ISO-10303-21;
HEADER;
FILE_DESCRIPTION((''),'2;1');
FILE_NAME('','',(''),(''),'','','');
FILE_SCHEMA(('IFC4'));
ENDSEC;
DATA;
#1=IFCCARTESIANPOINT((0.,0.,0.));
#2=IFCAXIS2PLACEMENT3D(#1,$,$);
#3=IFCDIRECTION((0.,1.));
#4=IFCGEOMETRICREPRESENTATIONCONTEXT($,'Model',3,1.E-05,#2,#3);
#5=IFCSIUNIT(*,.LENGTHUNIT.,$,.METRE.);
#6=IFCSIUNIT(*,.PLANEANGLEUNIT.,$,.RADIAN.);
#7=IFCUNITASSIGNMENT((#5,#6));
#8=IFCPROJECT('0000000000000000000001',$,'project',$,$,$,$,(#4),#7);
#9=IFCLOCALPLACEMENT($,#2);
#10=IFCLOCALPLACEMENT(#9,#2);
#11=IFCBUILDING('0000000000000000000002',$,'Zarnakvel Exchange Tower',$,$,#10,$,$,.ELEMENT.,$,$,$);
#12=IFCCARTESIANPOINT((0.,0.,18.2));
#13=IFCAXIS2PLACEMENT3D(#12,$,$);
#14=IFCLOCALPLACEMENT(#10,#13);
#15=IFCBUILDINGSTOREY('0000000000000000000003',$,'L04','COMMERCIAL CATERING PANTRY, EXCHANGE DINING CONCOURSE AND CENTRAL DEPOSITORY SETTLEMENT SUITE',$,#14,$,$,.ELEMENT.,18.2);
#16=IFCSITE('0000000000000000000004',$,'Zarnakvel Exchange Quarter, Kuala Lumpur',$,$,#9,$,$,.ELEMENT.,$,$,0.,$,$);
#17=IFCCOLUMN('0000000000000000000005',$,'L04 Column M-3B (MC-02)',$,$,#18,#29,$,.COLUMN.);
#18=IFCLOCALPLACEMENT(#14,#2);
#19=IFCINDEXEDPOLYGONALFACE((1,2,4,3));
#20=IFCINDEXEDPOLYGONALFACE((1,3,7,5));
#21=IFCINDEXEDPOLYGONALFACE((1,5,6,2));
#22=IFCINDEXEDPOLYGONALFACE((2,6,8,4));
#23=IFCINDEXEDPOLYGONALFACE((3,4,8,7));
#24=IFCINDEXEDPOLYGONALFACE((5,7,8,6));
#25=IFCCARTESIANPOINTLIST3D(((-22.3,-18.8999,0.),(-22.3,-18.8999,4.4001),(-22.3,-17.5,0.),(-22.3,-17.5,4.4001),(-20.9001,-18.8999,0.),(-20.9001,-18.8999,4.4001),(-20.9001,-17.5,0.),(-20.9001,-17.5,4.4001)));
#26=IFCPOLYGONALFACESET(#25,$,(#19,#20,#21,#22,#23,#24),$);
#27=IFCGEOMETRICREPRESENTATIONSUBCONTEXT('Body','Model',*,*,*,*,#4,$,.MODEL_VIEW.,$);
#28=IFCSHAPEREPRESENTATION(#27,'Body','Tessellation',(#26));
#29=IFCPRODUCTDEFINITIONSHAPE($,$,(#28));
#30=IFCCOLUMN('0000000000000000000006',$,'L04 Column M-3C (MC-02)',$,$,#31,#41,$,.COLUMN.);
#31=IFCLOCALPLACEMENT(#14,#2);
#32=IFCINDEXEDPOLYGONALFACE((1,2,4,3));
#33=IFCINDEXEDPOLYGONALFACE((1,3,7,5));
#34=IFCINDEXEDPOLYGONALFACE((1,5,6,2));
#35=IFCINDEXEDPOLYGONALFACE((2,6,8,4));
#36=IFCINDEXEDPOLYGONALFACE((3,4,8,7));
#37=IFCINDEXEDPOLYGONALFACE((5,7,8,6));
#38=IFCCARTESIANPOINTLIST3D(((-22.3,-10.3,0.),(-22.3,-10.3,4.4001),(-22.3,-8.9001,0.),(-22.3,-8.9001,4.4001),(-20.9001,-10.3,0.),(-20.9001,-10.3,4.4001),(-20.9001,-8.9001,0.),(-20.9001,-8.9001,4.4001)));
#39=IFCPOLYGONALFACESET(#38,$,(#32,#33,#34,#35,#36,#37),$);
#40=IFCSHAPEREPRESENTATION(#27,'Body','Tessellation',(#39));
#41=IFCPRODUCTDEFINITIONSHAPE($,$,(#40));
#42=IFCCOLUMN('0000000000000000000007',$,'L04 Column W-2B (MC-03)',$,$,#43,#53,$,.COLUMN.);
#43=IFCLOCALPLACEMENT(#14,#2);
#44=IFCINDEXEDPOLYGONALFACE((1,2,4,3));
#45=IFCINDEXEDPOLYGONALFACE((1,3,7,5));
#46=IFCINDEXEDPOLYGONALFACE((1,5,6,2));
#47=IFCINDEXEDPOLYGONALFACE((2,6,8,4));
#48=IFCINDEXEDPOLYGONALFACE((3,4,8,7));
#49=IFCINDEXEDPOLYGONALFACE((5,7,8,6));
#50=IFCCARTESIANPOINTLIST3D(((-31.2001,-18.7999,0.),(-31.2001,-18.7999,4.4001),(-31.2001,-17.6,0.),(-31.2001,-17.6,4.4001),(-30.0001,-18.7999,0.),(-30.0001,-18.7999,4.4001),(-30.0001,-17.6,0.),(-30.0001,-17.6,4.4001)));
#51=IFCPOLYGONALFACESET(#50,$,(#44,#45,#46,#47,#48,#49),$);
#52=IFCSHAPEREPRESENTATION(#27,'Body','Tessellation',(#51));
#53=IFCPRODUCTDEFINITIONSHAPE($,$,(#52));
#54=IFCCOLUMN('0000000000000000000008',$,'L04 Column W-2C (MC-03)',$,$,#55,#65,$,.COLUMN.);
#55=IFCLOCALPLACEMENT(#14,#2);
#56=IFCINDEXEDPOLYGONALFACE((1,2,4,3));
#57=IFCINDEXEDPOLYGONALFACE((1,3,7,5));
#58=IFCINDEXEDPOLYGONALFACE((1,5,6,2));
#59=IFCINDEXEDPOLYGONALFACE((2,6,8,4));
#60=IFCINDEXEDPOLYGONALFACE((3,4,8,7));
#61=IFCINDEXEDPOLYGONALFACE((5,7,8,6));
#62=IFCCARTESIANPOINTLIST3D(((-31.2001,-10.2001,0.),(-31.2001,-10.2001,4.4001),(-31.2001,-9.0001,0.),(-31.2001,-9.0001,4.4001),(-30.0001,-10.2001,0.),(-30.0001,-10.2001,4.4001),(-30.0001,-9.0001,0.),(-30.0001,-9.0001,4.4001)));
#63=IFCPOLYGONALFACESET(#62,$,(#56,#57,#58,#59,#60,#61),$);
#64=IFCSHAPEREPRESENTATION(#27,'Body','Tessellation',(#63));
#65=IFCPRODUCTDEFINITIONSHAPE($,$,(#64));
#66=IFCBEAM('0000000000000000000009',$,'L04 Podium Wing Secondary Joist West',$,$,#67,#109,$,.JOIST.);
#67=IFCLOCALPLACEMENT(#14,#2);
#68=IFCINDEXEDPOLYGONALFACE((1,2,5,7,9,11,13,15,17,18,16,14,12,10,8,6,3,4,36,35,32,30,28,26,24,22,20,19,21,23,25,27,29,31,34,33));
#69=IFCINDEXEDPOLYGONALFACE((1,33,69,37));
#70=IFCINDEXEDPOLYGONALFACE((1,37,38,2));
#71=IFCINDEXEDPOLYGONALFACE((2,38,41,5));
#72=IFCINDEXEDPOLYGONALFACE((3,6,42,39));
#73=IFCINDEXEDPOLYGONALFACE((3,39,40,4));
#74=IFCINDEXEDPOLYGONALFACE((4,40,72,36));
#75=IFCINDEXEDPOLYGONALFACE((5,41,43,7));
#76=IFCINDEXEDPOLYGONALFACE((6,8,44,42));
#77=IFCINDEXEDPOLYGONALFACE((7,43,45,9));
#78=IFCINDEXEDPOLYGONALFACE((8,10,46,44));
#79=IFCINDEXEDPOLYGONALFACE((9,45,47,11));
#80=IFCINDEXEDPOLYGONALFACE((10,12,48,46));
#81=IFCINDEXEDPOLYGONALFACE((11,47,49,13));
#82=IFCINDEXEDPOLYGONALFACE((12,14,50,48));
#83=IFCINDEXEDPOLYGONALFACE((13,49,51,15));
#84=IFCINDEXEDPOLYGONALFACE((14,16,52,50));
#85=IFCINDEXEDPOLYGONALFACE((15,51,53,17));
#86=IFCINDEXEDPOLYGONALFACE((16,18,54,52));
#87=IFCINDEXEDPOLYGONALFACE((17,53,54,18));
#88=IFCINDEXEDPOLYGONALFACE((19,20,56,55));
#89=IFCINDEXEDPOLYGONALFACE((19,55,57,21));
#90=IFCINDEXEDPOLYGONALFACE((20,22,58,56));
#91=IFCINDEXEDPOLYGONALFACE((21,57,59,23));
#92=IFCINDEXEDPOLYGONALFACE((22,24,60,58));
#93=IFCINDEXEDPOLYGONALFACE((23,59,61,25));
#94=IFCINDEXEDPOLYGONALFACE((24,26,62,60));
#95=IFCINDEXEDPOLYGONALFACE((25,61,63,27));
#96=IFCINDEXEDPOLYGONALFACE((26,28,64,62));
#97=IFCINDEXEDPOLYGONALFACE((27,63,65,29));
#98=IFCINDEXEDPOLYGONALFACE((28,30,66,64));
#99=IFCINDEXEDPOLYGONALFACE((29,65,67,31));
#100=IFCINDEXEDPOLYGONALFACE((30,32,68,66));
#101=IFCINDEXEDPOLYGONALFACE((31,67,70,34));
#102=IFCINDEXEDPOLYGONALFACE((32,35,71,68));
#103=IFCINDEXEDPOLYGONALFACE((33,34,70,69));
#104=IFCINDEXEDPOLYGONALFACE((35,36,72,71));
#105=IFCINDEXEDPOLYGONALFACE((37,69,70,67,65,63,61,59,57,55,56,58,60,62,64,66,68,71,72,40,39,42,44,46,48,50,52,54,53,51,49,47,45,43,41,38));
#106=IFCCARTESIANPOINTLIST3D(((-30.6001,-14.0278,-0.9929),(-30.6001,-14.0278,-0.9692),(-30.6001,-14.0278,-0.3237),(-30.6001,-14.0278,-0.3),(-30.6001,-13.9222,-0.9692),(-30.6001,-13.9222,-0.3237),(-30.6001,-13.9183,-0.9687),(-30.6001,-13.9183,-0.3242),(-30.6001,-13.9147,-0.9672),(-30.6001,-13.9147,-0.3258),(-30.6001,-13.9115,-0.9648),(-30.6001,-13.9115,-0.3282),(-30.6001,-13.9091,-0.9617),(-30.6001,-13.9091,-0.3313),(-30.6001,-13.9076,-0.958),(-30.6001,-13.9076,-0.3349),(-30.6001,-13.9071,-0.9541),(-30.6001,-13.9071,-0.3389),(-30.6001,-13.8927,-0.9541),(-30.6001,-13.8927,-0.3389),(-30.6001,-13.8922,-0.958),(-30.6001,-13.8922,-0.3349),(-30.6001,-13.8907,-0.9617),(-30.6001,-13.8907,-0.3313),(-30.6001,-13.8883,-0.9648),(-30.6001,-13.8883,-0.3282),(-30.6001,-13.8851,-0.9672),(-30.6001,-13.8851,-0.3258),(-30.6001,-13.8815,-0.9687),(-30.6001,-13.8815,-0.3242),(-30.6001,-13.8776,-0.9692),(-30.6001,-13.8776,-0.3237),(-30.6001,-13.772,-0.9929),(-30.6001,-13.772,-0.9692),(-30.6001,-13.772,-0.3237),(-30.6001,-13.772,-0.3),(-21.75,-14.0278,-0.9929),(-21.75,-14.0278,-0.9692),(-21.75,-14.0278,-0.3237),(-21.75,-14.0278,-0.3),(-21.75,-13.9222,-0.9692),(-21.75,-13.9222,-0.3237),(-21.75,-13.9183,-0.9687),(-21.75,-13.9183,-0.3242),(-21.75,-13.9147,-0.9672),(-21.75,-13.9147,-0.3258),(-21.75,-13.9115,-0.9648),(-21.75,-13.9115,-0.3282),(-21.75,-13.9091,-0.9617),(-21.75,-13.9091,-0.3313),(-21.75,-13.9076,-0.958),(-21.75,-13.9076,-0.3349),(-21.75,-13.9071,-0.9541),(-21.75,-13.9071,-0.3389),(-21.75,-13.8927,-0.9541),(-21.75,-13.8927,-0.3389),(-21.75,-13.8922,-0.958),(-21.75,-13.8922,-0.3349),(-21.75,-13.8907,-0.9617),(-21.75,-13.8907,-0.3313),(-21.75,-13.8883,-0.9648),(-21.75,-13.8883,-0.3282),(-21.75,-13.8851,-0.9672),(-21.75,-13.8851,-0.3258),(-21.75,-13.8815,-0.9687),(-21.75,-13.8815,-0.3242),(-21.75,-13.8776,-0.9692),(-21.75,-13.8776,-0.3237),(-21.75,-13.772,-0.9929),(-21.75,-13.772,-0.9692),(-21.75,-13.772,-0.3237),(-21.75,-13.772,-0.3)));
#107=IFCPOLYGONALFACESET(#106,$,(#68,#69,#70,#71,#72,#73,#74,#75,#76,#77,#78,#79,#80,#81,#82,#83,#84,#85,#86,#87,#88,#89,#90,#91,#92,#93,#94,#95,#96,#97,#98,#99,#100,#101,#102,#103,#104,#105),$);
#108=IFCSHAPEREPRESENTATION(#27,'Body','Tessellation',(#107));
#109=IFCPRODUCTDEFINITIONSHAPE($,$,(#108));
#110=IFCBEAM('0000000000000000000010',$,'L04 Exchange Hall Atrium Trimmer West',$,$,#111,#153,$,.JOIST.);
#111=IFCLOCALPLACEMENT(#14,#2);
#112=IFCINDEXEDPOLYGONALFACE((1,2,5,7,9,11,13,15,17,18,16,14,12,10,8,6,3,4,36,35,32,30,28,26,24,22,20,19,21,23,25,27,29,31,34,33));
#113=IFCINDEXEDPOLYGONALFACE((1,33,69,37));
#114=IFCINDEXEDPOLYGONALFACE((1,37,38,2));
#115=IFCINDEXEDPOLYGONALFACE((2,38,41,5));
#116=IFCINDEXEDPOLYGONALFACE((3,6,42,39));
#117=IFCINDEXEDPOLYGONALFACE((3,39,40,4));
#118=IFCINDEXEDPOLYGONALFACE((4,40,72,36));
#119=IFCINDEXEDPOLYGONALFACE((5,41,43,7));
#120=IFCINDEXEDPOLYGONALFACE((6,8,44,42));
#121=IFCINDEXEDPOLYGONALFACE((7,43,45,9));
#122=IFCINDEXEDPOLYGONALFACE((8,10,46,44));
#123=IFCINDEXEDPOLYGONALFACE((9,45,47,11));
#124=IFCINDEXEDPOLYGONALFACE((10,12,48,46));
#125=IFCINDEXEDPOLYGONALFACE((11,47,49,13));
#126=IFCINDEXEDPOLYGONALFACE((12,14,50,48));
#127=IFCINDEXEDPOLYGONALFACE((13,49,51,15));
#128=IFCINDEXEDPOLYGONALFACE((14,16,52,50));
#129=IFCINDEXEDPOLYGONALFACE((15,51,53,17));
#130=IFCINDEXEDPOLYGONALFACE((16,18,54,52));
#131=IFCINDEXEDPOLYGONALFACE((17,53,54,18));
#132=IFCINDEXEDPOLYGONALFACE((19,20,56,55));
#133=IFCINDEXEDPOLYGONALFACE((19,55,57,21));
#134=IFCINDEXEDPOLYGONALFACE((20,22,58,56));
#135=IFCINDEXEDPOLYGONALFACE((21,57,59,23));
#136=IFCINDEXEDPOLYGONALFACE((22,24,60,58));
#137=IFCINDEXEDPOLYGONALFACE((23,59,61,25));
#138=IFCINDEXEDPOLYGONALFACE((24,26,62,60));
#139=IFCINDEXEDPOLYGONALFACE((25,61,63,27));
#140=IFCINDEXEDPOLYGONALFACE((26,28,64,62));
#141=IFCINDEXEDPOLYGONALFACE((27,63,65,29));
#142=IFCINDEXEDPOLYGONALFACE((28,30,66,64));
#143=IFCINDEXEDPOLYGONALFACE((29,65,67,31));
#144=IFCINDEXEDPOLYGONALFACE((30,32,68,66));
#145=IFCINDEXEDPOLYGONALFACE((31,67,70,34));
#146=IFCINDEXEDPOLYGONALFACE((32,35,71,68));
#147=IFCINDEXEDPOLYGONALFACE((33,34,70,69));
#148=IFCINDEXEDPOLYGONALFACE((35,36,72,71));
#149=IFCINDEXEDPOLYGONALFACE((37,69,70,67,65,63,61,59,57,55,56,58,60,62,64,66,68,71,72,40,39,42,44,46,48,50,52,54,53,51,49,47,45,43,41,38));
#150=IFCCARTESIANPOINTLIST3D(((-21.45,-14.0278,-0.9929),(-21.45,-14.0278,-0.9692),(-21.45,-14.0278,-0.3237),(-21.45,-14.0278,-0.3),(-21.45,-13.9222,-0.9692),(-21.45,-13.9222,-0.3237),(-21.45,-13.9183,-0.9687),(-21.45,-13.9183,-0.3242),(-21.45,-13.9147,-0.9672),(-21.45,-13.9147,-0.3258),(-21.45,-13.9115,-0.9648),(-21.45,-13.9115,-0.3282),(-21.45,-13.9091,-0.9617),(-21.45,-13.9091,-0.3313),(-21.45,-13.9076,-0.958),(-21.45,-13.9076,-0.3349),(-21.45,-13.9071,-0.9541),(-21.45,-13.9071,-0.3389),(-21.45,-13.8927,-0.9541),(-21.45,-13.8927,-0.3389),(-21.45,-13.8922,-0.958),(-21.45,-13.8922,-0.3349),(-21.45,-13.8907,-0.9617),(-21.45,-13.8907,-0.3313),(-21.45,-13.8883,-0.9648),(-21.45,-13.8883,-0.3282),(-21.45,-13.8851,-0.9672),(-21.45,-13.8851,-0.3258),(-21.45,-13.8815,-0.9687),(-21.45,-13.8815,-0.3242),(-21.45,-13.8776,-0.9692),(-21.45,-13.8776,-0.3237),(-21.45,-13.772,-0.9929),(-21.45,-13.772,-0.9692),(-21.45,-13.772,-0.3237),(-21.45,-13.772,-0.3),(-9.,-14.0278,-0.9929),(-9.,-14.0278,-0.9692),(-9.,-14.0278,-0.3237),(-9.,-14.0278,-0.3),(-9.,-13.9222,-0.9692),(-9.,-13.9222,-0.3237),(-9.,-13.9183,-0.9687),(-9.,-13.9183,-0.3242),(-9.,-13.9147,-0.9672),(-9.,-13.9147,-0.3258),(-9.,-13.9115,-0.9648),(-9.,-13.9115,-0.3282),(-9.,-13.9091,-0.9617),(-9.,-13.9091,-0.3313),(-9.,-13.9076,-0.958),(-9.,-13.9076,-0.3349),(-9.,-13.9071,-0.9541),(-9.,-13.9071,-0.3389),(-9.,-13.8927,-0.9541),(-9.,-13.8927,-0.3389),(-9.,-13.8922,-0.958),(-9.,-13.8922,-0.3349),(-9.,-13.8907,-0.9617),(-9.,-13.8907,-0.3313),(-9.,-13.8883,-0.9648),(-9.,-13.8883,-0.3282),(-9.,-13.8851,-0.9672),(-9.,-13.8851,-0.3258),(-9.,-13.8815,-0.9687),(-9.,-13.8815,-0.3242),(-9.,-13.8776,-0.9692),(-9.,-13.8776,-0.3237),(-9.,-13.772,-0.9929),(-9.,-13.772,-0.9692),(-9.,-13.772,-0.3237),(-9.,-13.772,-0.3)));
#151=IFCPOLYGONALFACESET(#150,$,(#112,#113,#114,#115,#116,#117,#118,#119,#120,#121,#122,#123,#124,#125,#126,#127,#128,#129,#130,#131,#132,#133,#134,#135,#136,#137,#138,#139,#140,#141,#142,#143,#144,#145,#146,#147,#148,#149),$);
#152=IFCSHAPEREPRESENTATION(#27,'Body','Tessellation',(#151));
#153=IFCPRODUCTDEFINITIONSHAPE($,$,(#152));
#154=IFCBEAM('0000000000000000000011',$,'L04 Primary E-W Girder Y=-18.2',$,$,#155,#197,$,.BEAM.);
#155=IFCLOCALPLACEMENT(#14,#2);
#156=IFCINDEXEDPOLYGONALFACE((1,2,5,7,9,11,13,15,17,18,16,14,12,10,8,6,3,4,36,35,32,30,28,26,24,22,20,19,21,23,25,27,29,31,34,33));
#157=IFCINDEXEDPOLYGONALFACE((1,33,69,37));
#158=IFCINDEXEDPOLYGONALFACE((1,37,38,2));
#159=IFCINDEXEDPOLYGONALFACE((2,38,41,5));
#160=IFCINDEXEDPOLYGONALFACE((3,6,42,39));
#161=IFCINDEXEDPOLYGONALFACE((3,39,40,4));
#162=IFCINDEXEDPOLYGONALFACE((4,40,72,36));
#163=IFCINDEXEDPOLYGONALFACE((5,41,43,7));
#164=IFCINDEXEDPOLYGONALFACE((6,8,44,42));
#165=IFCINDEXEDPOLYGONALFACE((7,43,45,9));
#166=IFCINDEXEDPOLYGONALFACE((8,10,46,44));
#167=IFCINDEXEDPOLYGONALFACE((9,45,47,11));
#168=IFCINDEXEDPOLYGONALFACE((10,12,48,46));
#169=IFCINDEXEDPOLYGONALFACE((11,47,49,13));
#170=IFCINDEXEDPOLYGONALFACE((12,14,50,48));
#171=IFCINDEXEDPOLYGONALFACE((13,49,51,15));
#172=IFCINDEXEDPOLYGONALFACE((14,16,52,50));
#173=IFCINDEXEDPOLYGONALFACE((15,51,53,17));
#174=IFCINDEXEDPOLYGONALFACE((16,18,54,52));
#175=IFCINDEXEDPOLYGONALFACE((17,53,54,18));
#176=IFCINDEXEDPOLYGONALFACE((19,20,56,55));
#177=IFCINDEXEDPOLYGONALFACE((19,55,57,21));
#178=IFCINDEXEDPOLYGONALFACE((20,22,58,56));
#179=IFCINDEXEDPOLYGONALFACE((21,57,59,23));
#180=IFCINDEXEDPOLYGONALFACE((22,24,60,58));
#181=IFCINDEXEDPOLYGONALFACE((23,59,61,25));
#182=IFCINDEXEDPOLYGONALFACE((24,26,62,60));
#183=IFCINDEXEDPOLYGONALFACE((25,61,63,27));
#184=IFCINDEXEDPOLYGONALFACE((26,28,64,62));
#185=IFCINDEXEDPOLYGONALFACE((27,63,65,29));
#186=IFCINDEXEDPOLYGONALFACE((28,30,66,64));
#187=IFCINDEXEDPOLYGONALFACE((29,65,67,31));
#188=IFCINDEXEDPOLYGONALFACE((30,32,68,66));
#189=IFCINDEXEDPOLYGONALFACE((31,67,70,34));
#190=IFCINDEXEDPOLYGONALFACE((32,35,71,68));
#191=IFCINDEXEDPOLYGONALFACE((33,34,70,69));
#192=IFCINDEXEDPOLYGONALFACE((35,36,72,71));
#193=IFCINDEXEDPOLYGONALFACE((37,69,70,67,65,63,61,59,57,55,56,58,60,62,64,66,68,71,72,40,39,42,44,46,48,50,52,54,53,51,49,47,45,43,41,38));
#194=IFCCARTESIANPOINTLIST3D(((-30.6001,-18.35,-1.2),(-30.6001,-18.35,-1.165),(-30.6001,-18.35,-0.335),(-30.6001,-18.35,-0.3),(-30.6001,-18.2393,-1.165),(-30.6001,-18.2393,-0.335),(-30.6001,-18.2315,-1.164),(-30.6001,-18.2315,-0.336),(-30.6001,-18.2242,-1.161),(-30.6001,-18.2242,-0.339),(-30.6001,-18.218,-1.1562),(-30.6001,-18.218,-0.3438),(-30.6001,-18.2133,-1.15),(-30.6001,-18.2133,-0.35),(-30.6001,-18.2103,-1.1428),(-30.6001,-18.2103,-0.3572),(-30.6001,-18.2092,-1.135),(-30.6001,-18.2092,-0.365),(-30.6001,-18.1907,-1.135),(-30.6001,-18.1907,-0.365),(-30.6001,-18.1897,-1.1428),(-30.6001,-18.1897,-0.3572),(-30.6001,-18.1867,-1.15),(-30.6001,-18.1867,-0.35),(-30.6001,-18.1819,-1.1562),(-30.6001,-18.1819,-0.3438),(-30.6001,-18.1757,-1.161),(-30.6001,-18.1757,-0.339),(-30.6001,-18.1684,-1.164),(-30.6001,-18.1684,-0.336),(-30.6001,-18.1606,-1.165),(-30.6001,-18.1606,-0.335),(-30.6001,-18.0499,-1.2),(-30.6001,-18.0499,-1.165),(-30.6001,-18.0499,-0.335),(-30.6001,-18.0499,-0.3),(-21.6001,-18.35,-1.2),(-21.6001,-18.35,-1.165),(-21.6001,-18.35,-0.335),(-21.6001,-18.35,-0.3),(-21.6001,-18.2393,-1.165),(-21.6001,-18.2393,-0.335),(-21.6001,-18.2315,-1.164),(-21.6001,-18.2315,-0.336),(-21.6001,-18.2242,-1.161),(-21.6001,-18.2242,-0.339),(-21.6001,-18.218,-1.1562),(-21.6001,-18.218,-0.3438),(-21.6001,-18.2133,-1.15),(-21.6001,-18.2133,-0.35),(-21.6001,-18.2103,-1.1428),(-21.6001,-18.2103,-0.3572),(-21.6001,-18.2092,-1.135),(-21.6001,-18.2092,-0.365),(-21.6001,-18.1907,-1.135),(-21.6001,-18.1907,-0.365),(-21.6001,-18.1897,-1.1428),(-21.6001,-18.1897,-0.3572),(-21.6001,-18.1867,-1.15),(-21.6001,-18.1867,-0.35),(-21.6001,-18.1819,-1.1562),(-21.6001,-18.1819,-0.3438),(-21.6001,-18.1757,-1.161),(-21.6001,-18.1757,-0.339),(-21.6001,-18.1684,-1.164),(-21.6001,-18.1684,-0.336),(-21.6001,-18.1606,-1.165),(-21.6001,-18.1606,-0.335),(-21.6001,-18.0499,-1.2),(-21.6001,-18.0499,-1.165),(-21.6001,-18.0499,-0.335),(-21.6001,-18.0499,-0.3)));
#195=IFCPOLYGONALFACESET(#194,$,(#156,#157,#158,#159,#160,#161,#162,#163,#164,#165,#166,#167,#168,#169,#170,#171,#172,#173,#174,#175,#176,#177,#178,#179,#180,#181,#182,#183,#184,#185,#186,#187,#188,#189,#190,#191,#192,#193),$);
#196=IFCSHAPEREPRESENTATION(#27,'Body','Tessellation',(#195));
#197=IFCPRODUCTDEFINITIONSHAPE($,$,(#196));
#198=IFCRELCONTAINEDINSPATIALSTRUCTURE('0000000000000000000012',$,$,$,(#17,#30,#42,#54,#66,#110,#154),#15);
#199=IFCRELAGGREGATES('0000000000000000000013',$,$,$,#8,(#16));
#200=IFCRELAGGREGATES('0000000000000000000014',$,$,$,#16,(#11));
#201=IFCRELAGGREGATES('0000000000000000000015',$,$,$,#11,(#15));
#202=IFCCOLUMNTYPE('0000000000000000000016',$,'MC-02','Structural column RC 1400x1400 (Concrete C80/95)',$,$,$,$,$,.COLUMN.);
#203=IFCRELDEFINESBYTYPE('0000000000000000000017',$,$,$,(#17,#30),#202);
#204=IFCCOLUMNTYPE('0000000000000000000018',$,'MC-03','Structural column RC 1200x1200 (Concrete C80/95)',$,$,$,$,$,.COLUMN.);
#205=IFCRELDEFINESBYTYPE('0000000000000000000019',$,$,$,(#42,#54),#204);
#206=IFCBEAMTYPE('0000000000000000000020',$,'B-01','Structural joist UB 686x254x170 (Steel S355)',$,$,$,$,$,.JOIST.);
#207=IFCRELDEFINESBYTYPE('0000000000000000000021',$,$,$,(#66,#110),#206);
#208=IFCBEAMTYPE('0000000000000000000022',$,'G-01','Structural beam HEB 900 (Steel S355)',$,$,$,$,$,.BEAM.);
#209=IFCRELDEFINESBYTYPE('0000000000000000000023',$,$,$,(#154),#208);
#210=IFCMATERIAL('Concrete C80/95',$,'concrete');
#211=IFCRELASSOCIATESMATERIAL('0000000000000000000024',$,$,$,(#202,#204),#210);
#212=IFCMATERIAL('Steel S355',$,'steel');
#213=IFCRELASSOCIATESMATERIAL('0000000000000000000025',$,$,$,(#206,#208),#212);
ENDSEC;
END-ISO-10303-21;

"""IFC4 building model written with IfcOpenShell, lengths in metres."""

from ifc_helpers import new_model, si_unit, direction, frame, origin, origin_2d, place, context, subcontext, project, spatial, rectangle, i_section, extrude, material, material_profile, profile_set, type_object, element, save


model = new_model("IFC4")

# Units and contexts
model_context = context("Model", 3, precision=1e-05, world=origin(), true_north=direction((0.0, 1.0)))
body_context = subcontext(model_context, "Body", "Model", "MODEL_VIEW")
ifc_project = project(units=[si_unit("LENGTHUNIT", "METRE"), si_unit("PLANEANGLEUNIT", "RADIAN")], contexts=[model_context])

# Site, building, storey
site_placement = place(None, origin())
site = spatial("IfcSite", under=ifc_project, at=site_placement, Name="Zarnakvel Exchange Quarter, Kuala Lumpur", CompositionType="ELEMENT", RefElevation=0.0)
building_placement = place(site_placement, origin())
building = spatial("IfcBuilding", under=site, at=building_placement, Name="Zarnakvel Exchange Tower", CompositionType="ELEMENT")
storey_placement = place(building_placement, frame((0.0, 0.0, 18.2)))
storey = spatial("IfcBuildingStorey", under=building, at=storey_placement, Name="L04", Description="COMMERCIAL CATERING PANTRY, EXCHANGE DINING CONCOURSE AND CENTRAL DEPOSITORY SETTLEMENT SUITE", CompositionType="ELEMENT", Elevation=18.2)

# Columns
ifc_material_1 = material(Name="Concrete C80/95", Category="concrete")
ifc_material_profile_1 = material_profile(ifc_material_1, rectangle(XDim=1.3999, YDim=1.3999, at=origin_2d()))
ifc_profile_set_1 = profile_set([ifc_material_profile_1], Name="Concrete C80/95")
column_type_1 = type_object("IfcColumnType", Name="MC-02", Description="Structural column RC 1400x1400 (Concrete C80/95)", PredefinedType="COLUMN", material=ifc_profile_set_1)
for number, where, z_axis, x_axis, name in (
    (1, (-21.6001, -18.2, 0.0), (0.0, 0.0, 1.0), (1.0, 0.0, 0.0), "L04 Column M-3B (MC-02)"),
    (2, (-21.6001, -9.6001, 0.0), (0.0, 0.0, 1.0), (1.0, 0.0, 0.0), "L04 Column M-3C (MC-02)"),
):
    element("IfcColumn", number, at=place(storey_placement, frame(where, z_axis=z_axis, x_axis=x_axis)), inside=storey, type_object=column_type_1, Name=name, PredefinedType="COLUMN", context=body_context, shape_type="SweptSolid", body=[
        extrude(rectangle(XDim=1.3999, YDim=1.3999, at=origin_2d()), origin(), (0.0, 0.0, 1.0), 4.4001),
    ])
ifc_material_profile_2 = material_profile(ifc_material_1, rectangle(XDim=1.2, YDim=1.2, at=origin_2d()))
ifc_profile_set_2 = profile_set([ifc_material_profile_2], Name="Concrete C80/95")
column_type_2 = type_object("IfcColumnType", Name="MC-03", Description="Structural column RC 1200x1200 (Concrete C80/95)", PredefinedType="COLUMN", material=ifc_profile_set_2)
for number, where, z_axis, x_axis, name in (
    (3, (-30.6001, -18.2, 0.0), (0.0, 0.0, 1.0), (1.0, 0.0, 0.0), "L04 Column W-2B (MC-03)"),
    (4, (-30.6001, -9.6001, 0.0), (0.0, 0.0, 1.0), (1.0, 0.0, 0.0), "L04 Column W-2C (MC-03)"),
):
    element("IfcColumn", number, at=place(storey_placement, frame(where, z_axis=z_axis, x_axis=x_axis)), inside=storey, type_object=column_type_2, Name=name, PredefinedType="COLUMN", context=body_context, shape_type="SweptSolid", body=[
        extrude(rectangle(XDim=1.2, YDim=1.2, at=origin_2d()), origin(), (0.0, 0.0, 1.0), 4.4001),
    ])

# Beams
ifc_material_2 = material(Name="Steel S355", Category="steel")
ifc_material_profile_3 = material_profile(ifc_material_2, i_section(OverallWidth=0.2559, OverallDepth=0.6929, WebThickness=0.0144, FlangeThickness=0.0237, FilletRadius=0.0151, at=origin_2d()))
ifc_profile_set_3 = profile_set([ifc_material_profile_3], Name="Steel S355")
beam_type_1 = type_object("IfcBeamType", Name="B-01", Description="Structural joist UB 686x254x170 (Steel S355)", PredefinedType="JOIST", material=ifc_profile_set_3)
beam_1_placement = place(storey_placement, frame((-30.6001, -13.8999, -0.6465), z_axis=(1.0, 0.0, 0.0), x_axis=(0.0, 1.0, 0.0)))
element("IfcBeam", 5, at=beam_1_placement, inside=storey, type_object=beam_type_1, Name="L04 Podium Wing Secondary Joist West", PredefinedType="JOIST", context=body_context, shape_type="SweptSolid", body=[
    extrude(i_section(OverallWidth=0.2559, OverallDepth=0.6929, WebThickness=0.0144, FlangeThickness=0.0237, FilletRadius=0.0151, at=origin_2d()), origin(), (0.0, 0.0, 1.0), 8.8501),
])
beam_2_placement = place(storey_placement, frame((-21.45, -13.8999, -0.6465), z_axis=(1.0, 0.0, 0.0), x_axis=(0.0, 1.0, 0.0)))
element("IfcBeam", 6, at=beam_2_placement, inside=storey, type_object=beam_type_1, Name="L04 Exchange Hall Atrium Trimmer West", PredefinedType="JOIST", context=body_context, shape_type="SweptSolid", body=[
    extrude(i_section(OverallWidth=0.2559, OverallDepth=0.6929, WebThickness=0.0144, FlangeThickness=0.0237, FilletRadius=0.0151, at=origin_2d()), origin(), (0.0, 0.0, 1.0), 12.45),
])
ifc_material_profile_4 = material_profile(ifc_material_2, i_section(OverallWidth=0.3, OverallDepth=0.8999, WebThickness=0.0186, FlangeThickness=0.0349, FilletRadius=0.03, at=origin_2d()))
ifc_profile_set_4 = profile_set([ifc_material_profile_4], Name="Steel S355")
beam_type_2 = type_object("IfcBeamType", Name="G-01", Description="Structural beam HEB 900 (Steel S355)", PredefinedType="BEAM", material=ifc_profile_set_4)
beam_3_placement = place(storey_placement, frame((-30.6001, -18.2, -0.75), z_axis=(1.0, 0.0, 0.0), x_axis=(0.0, 1.0, 0.0)))
element("IfcBeam", 7, at=beam_3_placement, inside=storey, type_object=beam_type_2, Name="L04 Primary E-W Girder Y=-18.2", PredefinedType="BEAM", context=body_context, shape_type="SweptSolid", body=[
    extrude(i_section(OverallWidth=0.3, OverallDepth=0.8999, WebThickness=0.0186, FlangeThickness=0.0349, FilletRadius=0.03, at=origin_2d()), origin(), (0.0, 0.0, 1.0), 9.0),
])

save(model, "model.ifc")
